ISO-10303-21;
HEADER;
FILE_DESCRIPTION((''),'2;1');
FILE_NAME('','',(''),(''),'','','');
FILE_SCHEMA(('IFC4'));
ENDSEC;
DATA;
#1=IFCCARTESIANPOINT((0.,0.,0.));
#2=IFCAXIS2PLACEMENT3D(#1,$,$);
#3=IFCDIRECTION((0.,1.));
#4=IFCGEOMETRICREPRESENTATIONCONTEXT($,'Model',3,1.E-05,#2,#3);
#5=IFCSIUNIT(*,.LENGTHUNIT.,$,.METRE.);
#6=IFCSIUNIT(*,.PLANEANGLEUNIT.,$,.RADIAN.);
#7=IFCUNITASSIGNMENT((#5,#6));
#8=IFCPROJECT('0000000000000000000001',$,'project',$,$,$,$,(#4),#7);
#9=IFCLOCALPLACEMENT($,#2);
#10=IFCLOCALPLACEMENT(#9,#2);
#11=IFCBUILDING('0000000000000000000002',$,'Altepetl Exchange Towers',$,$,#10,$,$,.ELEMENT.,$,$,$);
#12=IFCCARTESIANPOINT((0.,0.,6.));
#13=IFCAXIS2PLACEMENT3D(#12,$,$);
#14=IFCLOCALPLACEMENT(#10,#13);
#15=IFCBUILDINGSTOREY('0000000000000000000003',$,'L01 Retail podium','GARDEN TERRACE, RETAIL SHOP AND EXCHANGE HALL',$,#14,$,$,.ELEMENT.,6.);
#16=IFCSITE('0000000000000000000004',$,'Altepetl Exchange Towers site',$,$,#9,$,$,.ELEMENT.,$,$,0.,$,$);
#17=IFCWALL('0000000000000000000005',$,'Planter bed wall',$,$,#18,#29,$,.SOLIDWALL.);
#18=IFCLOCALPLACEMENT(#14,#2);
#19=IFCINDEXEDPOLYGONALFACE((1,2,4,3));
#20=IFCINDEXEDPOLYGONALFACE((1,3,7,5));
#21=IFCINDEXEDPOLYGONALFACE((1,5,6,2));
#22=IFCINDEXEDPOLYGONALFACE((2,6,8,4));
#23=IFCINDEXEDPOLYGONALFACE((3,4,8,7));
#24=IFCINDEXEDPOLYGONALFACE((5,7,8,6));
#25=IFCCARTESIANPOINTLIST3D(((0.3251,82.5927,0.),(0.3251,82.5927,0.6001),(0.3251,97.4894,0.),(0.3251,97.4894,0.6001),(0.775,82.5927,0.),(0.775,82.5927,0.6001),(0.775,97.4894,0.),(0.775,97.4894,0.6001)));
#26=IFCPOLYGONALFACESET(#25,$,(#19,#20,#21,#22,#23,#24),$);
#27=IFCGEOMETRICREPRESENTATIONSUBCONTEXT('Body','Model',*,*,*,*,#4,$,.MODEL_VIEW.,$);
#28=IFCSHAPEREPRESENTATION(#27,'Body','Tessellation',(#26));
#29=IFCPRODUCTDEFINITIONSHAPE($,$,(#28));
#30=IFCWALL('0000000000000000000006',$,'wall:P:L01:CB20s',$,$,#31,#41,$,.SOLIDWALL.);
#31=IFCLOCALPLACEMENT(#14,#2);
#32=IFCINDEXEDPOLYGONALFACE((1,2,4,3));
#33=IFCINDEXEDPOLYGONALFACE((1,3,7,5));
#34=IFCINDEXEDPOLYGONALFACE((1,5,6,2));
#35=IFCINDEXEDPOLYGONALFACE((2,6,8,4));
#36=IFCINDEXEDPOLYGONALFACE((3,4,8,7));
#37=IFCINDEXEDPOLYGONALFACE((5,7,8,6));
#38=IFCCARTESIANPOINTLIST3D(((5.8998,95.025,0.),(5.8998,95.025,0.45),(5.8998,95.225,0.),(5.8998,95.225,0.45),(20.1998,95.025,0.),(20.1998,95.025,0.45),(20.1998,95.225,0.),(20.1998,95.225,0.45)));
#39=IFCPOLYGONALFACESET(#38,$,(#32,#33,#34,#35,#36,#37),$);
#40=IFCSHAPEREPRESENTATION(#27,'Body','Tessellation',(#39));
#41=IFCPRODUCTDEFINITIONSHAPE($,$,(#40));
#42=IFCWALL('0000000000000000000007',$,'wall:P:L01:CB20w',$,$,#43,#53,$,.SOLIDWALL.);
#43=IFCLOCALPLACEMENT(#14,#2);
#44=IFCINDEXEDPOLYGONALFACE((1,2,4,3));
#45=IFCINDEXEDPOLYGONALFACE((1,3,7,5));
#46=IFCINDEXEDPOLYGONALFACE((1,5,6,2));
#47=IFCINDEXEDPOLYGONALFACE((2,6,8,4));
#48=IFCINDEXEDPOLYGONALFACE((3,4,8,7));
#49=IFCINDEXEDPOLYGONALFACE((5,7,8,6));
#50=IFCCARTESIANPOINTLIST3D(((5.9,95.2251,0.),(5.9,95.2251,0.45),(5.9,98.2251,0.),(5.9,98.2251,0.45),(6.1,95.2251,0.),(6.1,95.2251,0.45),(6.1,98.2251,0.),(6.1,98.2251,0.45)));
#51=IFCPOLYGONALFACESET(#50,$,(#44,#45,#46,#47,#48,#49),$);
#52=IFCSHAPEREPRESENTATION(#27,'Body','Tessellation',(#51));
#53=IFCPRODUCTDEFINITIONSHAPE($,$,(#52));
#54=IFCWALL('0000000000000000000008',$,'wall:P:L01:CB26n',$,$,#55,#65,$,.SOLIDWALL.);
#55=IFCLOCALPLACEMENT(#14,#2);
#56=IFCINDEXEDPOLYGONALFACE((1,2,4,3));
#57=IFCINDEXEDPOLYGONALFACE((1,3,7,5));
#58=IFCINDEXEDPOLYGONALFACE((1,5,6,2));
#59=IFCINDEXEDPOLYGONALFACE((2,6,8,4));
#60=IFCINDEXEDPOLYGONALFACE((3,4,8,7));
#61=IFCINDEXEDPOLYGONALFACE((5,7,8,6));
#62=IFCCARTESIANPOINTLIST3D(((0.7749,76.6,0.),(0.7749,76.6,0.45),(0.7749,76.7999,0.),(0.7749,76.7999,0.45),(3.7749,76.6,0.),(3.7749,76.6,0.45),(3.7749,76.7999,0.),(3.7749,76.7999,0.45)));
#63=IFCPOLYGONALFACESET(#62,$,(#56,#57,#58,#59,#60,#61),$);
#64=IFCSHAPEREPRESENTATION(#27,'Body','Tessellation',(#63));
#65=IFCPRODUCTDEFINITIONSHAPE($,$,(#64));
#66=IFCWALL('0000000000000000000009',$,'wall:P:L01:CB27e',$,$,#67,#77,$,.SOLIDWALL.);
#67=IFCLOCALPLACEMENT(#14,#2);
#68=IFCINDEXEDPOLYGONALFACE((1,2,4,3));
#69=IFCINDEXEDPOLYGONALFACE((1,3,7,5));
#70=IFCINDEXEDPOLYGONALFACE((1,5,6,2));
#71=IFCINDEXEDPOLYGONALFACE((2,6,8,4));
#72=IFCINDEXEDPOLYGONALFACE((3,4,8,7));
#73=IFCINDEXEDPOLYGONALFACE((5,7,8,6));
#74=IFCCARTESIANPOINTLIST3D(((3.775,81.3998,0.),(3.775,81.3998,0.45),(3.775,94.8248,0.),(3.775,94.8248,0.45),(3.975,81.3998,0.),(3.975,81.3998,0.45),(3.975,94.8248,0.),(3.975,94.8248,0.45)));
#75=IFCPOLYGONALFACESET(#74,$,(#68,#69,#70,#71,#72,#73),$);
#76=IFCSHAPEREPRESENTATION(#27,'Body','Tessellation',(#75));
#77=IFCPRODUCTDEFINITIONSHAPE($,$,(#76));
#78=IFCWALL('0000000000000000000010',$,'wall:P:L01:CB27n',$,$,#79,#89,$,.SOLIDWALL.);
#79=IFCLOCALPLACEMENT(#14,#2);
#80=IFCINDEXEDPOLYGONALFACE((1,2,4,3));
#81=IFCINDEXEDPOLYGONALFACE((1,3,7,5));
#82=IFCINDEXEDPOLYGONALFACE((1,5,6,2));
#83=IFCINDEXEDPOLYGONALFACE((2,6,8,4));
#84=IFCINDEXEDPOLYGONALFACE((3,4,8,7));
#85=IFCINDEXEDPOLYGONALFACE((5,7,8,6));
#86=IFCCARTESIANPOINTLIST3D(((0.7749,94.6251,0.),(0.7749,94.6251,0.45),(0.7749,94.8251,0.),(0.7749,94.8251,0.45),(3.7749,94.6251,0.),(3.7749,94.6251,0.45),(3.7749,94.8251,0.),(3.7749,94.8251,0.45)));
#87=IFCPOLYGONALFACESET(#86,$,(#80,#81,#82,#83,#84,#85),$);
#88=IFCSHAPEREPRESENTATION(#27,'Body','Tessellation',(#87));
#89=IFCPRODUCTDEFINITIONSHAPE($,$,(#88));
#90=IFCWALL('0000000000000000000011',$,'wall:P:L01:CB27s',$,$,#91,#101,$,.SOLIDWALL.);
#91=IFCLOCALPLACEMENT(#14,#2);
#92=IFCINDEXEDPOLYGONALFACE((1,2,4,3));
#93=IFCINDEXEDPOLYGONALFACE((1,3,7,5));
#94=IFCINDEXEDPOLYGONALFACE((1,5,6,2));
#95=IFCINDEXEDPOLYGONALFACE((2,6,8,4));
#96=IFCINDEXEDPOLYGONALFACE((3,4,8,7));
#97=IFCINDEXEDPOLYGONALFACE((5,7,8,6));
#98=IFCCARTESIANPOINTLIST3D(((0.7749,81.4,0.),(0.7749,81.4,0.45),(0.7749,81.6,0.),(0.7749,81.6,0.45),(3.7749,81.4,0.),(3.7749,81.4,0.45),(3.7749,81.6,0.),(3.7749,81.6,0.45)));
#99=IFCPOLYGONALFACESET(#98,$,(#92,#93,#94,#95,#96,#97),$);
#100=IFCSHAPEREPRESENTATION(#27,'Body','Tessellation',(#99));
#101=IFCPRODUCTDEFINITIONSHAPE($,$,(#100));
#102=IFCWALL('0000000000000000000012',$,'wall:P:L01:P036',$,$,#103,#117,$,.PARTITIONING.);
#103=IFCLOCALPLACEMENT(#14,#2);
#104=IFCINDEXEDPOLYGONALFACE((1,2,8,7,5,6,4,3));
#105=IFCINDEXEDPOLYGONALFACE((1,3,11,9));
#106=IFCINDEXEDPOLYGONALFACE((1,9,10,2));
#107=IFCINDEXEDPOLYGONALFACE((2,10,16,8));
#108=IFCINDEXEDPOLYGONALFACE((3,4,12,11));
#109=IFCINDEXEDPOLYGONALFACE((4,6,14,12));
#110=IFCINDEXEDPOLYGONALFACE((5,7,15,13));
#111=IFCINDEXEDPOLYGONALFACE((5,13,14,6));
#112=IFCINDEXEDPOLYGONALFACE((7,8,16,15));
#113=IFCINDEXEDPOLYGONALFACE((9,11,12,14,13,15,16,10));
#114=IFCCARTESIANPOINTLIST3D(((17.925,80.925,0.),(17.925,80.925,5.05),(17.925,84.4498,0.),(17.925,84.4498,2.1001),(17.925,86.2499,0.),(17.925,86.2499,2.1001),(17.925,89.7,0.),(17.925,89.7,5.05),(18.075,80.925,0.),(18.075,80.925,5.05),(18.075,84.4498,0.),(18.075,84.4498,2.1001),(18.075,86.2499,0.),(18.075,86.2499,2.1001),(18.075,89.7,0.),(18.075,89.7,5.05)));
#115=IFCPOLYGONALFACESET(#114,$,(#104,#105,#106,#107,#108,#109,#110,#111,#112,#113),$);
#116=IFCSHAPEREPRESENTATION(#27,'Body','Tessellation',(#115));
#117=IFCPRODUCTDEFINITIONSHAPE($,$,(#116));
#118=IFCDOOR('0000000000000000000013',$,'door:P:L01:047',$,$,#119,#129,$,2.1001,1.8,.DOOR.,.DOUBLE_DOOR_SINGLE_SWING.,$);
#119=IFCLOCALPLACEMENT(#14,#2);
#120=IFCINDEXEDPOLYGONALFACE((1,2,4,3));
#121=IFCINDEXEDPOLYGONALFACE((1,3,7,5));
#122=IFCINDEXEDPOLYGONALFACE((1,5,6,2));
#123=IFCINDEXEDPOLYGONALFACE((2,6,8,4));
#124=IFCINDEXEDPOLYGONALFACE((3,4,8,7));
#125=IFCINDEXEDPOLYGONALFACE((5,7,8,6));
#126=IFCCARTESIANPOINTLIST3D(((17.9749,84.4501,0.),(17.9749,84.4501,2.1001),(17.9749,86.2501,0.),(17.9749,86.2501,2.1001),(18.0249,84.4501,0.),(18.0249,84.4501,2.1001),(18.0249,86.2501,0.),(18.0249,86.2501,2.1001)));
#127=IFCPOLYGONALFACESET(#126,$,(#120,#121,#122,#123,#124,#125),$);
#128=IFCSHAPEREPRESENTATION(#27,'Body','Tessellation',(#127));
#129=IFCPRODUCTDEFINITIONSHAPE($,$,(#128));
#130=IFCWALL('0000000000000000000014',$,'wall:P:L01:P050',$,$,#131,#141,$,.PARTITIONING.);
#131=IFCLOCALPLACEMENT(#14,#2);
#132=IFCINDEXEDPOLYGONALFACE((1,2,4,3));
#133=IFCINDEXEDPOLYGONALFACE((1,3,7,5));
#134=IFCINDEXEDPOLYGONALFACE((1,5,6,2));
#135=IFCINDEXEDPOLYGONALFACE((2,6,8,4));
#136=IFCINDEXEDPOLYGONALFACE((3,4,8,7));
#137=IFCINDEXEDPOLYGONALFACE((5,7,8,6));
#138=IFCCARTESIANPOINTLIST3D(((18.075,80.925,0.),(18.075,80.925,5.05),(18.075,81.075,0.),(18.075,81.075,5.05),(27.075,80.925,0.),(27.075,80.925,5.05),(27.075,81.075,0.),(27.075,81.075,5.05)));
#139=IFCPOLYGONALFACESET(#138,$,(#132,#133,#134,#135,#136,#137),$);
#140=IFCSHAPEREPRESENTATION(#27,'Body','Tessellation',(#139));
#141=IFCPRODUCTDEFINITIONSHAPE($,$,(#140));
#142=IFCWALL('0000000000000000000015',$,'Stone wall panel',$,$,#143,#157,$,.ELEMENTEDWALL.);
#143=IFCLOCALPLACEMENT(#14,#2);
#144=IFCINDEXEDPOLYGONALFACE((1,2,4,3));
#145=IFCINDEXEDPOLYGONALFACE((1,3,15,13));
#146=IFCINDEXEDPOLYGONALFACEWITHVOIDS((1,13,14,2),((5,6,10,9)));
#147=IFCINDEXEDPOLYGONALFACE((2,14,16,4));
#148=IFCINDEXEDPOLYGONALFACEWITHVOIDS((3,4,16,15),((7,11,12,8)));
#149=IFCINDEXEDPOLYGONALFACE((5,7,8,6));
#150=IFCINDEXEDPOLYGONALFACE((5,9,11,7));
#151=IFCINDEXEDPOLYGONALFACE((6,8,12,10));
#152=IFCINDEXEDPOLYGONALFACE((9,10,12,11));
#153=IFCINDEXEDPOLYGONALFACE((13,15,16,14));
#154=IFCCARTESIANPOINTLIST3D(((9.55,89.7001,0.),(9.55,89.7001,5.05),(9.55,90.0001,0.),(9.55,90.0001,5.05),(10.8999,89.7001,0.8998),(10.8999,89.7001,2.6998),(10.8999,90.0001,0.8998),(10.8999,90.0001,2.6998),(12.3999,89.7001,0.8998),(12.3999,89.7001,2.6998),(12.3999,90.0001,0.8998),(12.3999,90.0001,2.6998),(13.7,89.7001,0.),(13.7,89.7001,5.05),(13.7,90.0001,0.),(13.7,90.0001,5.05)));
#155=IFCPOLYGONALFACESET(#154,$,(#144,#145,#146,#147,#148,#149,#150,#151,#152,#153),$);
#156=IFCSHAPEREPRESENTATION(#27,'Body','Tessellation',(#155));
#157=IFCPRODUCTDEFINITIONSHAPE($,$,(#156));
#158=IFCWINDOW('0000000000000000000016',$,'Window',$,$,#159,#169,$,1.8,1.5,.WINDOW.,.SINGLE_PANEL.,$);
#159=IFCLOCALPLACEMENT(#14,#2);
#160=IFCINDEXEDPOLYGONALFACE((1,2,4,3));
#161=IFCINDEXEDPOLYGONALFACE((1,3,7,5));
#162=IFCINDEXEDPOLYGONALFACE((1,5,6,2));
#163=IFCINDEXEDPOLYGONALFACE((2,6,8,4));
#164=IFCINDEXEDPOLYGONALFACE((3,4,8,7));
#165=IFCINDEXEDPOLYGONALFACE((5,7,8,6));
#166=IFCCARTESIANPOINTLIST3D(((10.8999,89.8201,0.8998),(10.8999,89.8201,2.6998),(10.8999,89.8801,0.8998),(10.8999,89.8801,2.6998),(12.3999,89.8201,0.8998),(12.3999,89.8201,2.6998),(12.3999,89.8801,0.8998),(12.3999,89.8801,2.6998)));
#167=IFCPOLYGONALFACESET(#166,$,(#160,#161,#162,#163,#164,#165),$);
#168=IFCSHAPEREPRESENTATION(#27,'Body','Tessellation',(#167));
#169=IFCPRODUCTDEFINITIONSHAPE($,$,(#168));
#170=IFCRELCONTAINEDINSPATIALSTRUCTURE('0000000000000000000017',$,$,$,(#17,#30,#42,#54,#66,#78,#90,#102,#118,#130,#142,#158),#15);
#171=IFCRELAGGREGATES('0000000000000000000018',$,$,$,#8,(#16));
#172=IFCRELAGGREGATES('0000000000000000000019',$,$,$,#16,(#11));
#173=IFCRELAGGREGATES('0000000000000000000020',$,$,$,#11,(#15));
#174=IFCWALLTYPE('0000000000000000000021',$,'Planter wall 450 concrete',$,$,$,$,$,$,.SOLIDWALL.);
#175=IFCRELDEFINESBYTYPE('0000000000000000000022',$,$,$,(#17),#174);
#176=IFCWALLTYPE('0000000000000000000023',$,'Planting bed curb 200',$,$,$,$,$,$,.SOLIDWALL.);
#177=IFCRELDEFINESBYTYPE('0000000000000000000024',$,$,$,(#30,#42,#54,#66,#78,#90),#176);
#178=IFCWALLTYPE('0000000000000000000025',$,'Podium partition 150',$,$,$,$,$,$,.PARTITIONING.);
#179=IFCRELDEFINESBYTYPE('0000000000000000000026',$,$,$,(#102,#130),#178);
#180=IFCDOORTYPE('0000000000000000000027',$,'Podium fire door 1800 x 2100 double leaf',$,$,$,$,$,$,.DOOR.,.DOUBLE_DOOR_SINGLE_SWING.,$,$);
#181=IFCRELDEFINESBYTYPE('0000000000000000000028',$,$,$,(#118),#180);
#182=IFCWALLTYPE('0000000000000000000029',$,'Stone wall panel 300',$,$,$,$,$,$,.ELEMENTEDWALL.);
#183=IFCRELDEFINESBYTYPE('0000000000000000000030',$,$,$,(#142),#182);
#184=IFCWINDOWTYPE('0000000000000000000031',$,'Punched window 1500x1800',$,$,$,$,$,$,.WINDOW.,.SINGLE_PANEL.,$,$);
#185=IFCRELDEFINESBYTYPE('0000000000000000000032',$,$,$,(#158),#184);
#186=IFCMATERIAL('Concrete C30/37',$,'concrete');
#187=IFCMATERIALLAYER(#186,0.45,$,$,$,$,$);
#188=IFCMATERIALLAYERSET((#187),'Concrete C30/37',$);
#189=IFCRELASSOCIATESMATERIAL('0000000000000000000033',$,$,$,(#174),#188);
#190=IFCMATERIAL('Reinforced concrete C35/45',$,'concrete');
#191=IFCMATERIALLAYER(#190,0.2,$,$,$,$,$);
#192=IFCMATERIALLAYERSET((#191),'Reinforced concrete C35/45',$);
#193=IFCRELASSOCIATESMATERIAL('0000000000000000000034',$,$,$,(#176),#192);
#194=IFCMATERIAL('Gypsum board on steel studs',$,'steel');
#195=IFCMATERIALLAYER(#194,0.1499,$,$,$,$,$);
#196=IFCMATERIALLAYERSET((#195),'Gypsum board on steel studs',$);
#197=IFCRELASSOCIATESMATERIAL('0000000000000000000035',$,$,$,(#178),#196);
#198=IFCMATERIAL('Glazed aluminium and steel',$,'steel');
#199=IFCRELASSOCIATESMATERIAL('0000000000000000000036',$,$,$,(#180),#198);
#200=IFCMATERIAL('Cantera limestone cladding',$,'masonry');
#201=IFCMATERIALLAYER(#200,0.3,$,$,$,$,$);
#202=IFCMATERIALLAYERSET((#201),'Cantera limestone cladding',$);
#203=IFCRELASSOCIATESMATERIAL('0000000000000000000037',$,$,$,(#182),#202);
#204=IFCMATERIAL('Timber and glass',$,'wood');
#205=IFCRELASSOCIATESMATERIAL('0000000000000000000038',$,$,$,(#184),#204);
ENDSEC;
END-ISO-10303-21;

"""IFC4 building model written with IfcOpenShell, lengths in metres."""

from ifc_helpers import new_model, si_unit, direction, frame, frame_2d, origin, place, context, subcontext, project, spatial, rectangle, extrude, material, layer, layer_set, type_object, element, fill, save


model = new_model("IFC4")

# Units and contexts
model_context = context("Model", 3, precision=1e-05, world=origin(), true_north=direction((0.0, 1.0)))
body_context = subcontext(model_context, "Body", "Model", "MODEL_VIEW")
ifc_project = project(units=[si_unit("LENGTHUNIT", "METRE"), si_unit("PLANEANGLEUNIT", "RADIAN")], contexts=[model_context])

# Site, building, storey
site_placement = place(None, origin())
site = spatial("IfcSite", under=ifc_project, at=site_placement, Name="Altepetl Exchange Towers site", CompositionType="ELEMENT", RefElevation=0.0)
building_placement = place(site_placement, origin())
building = spatial("IfcBuilding", under=site, at=building_placement, Name="Altepetl Exchange Towers", CompositionType="ELEMENT")
storey_placement = place(building_placement, frame((0.0, 0.0, 6.0)))
storey = spatial("IfcBuildingStorey", under=building, at=storey_placement, Name="L01 Retail podium", Description="GARDEN TERRACE, RETAIL SHOP AND EXCHANGE HALL", CompositionType="ELEMENT", Elevation=6.0)

# Shared definitions
ifc_material_1 = material(Name="Reinforced concrete C35/45", Category="concrete")

# Walls
ifc_material_2 = material(Name="Concrete C30/37", Category="concrete")
ifc_layer_1 = layer(ifc_material_2, 0.45)
ifc_layer_set_1 = layer_set([ifc_layer_1], Name="Concrete C30/37")
wall_type_1 = type_object("IfcWallType", Name="Planter wall 450 concrete", PredefinedType="SOLIDWALL", material=ifc_layer_set_1)
wall_1_placement = place(storey_placement, frame((0.55, 97.4893, 0.0), z_axis=(0.0, 0.0, 1.0), x_axis=(0.0, -1.0, 0.0)))
element("IfcWall", 1, at=wall_1_placement, inside=storey, type_object=wall_type_1, Name="Planter bed wall", PredefinedType="SOLIDWALL", context=body_context, shape_type="SweptSolid", body=[
    extrude(rectangle(XDim=14.8967, YDim=0.45, at=frame_2d((7.4482, 0.0))), origin(), (0.0, 0.0, 1.0), 0.6001),
])
ifc_layer_2 = layer(ifc_material_1, 0.2)
ifc_layer_set_2 = layer_set([ifc_layer_2], Name="Reinforced concrete C35/45")
wall_type_2 = type_object("IfcWallType", Name="Planting bed curb 200", PredefinedType="SOLIDWALL", material=ifc_layer_set_2)
wall_2_placement = place(storey_placement, frame((5.8999, 95.125, 0.0)))
element("IfcWall", 2, at=wall_2_placement, inside=storey, type_object=wall_type_2, Name="wall:P:L01:CB20s", PredefinedType="SOLIDWALL", context=body_context, shape_type="SweptSolid", body=[
    extrude(rectangle(XDim=14.3, YDim=0.2, at=frame_2d((7.1499, 0.0))), origin(), (0.0, 0.0, 1.0), 0.45),
])
wall_3_placement = place(storey_placement, frame((6.0, 95.2251, 0.0), z_axis=(0.0, 0.0, 1.0), x_axis=(0.0, 1.0, 0.0)))
element("IfcWall", 3, at=wall_3_placement, inside=storey, type_object=wall_type_2, Name="wall:P:L01:CB20w", PredefinedType="SOLIDWALL", context=body_context, shape_type="SweptSolid", body=[
    extrude(rectangle(XDim=3.0, YDim=0.2, at=frame_2d((1.5, 0.0))), origin(), (0.0, 0.0, 1.0), 0.45),
])
wall_4_placement = place(storey_placement, frame((0.7749, 76.7, 0.0)))
element("IfcWall", 4, at=wall_4_placement, inside=storey, type_object=wall_type_2, Name="wall:P:L01:CB26n", PredefinedType="SOLIDWALL", context=body_context, shape_type="SweptSolid", body=[
    extrude(rectangle(XDim=3.0, YDim=0.2, at=frame_2d((1.5, 0.0))), origin(), (0.0, 0.0, 1.0), 0.45),
])
wall_5_placement = place(storey_placement, frame((3.875, 81.3999, 0.0), z_axis=(0.0, 0.0, 1.0), x_axis=(0.0, 1.0, 0.0)))
element("IfcWall", 5, at=wall_5_placement, inside=storey, type_object=wall_type_2, Name="wall:P:L01:CB27e", PredefinedType="SOLIDWALL", context=body_context, shape_type="SweptSolid", body=[
    extrude(rectangle(XDim=13.425, YDim=0.2, at=frame_2d((6.7124, 0.0))), origin(), (0.0, 0.0, 1.0), 0.45),
])
for number, where, name in (
    (6, (0.7749, 94.7251, 0.0), "wall:P:L01:CB27n"),
    (7, (0.7749, 81.5, 0.0), "wall:P:L01:CB27s"),
):
    element("IfcWall", number, at=place(storey_placement, frame(where)), inside=storey, type_object=wall_type_2, Name=name, PredefinedType="SOLIDWALL", context=body_context, shape_type="SweptSolid", body=[
        extrude(rectangle(XDim=3.0, YDim=0.2, at=frame_2d((1.5, 0.0))), origin(), (0.0, 0.0, 1.0), 0.45),
    ])

# Wall, opening, door
ifc_material_3 = material(Name="Gypsum board on steel studs", Category="steel")
ifc_layer_3 = layer(ifc_material_3, 0.1499)
ifc_layer_set_3 = layer_set([ifc_layer_3], Name="Gypsum board on steel studs")
wall_type_3 = type_object("IfcWallType", Name="Podium partition 150", PredefinedType="PARTITIONING", material=ifc_layer_set_3)
wall_6_placement = place(storey_placement, frame((18.0, 80.925, 0.0), z_axis=(0.0, 0.0, 1.0), x_axis=(0.0, 1.0, 0.0)))
wall_6 = element("IfcWall", 8, at=wall_6_placement, inside=storey, type_object=wall_type_3, Name="wall:P:L01:P036", PredefinedType="PARTITIONING", context=body_context, shape_type="SweptSolid", body=[
    extrude(rectangle(XDim=8.7749, YDim=0.1499, at=frame_2d((4.3875, 0.0))), origin(), (0.0, 0.0, 1.0), 5.05),
])
opening_1_placement = place(wall_6_placement, frame((3.5249, 0.0, 0.0)))
opening_1 = element("IfcOpeningElement", 9, at=opening_1_placement, cuts=wall_6, PredefinedType="OPENING", context=body_context, shape_type="SweptSolid", body=[
    extrude(rectangle(XDim=1.8, YDim=2.1001, at=frame_2d((0.8999, 1.05))), frame((0.0, 0.085, 0.0), z_axis=(0.0, -1.0, 0.0), x_axis=(1.0, 0.0, 0.0)), (0.0, 0.0, 1.0), 0.1699),
])
ifc_material_4 = material(Name="Glazed aluminium and steel", Category="steel")
door_type_1 = type_object("IfcDoorType", Name="Podium fire door 1800 x 2100 double leaf", OperationType="DOUBLE_DOOR_SINGLE_SWING", PredefinedType="DOOR", material=ifc_material_4)
door_1_placement = place(opening_1_placement, frame((1.8, 0.0, 0.0), x_axis=(-1.0, 0.0, 0.0)))
door_1 = element("IfcDoor", 10, at=door_1_placement, inside=storey, type_object=door_type_1, Name="door:P:L01:047", OperationType="DOUBLE_DOOR_SINGLE_SWING", OverallHeight=2.1001, OverallWidth=1.8, PredefinedType="DOOR", context=body_context, shape_type="SweptSolid", body=[
    extrude(rectangle(XDim=1.8, YDim=2.1001, at=frame_2d((0.8999, 1.05))), frame((0.0, 0.0249, 0.0), z_axis=(0.0, -1.0, 0.0), x_axis=(1.0, 0.0, 0.0)), (0.0, 0.0, 1.0), 0.05),
])
fill(opening_1, door_1)

# Wall
wall_7_placement = place(storey_placement, frame((18.075, 81.0, 0.0)))
element("IfcWall", 11, at=wall_7_placement, inside=storey, type_object=wall_type_3, Name="wall:P:L01:P050", PredefinedType="PARTITIONING", context=body_context, shape_type="SweptSolid", body=[
    extrude(rectangle(XDim=9.0, YDim=0.1499, at=frame_2d((4.5, 0.0))), origin(), (0.0, 0.0, 1.0), 5.05),
])

# Wall, opening, window
ifc_material_5 = material(Name="Cantera limestone cladding", Category="masonry")
ifc_layer_4 = layer(ifc_material_5, 0.3)
ifc_layer_set_4 = layer_set([ifc_layer_4], Name="Cantera limestone cladding")
wall_type_4 = type_object("IfcWallType", Name="Stone wall panel 300", PredefinedType="ELEMENTEDWALL", material=ifc_layer_set_4)
wall_8_placement = place(storey_placement, frame((13.7, 89.8501, 0.0), z_axis=(0.0, 0.0, 1.0), x_axis=(-1.0, 0.0, 0.0)))
wall_8 = element("IfcWall", 12, at=wall_8_placement, inside=storey, type_object=wall_type_4, Name="Stone wall panel", PredefinedType="ELEMENTEDWALL", context=body_context, shape_type="SweptSolid", body=[
    extrude(rectangle(XDim=4.1499, YDim=0.3, at=frame_2d((2.075, 0.0))), origin(), (0.0, 0.0, 1.0), 5.05),
])
opening_2_placement = place(wall_8_placement, frame((1.3, 0.0, 0.8999)))
opening_2 = element("IfcOpeningElement", 13, at=opening_2_placement, cuts=wall_8, PredefinedType="OPENING", context=body_context, shape_type="SweptSolid", body=[
    extrude(rectangle(XDim=1.5, YDim=1.8, at=frame_2d((0.75, 0.8999))), frame((0.0, 0.1602, 0.0), z_axis=(0.0, -1.0, 0.0), x_axis=(1.0, 0.0, 0.0)), (0.0, 0.0, 1.0), 0.3201),
])
ifc_material_6 = material(Name="Timber and glass", Category="wood")
window_type_1 = type_object("IfcWindowType", Name="Punched window 1500x1800", PartitioningType="SINGLE_PANEL", PredefinedType="WINDOW", material=ifc_material_6)
window_1_placement = place(opening_2_placement, origin())
window_1 = element("IfcWindow", 14, at=window_1_placement, inside=storey, type_object=window_type_1, Name="Window", OverallHeight=1.8, OverallWidth=1.5, PartitioningType="SINGLE_PANEL", PredefinedType="WINDOW", context=body_context, shape_type="SweptSolid", body=[
    extrude(rectangle(XDim=1.5, YDim=1.8, at=frame_2d((0.75, 0.8999))), frame((0.0, 0.03, 0.0), z_axis=(0.0, -1.0, 0.0), x_axis=(1.0, 0.0, 0.0)), (0.0, 0.0, 1.0), 0.0601),
])
fill(opening_2, window_1)

save(model, "model.ifc")
